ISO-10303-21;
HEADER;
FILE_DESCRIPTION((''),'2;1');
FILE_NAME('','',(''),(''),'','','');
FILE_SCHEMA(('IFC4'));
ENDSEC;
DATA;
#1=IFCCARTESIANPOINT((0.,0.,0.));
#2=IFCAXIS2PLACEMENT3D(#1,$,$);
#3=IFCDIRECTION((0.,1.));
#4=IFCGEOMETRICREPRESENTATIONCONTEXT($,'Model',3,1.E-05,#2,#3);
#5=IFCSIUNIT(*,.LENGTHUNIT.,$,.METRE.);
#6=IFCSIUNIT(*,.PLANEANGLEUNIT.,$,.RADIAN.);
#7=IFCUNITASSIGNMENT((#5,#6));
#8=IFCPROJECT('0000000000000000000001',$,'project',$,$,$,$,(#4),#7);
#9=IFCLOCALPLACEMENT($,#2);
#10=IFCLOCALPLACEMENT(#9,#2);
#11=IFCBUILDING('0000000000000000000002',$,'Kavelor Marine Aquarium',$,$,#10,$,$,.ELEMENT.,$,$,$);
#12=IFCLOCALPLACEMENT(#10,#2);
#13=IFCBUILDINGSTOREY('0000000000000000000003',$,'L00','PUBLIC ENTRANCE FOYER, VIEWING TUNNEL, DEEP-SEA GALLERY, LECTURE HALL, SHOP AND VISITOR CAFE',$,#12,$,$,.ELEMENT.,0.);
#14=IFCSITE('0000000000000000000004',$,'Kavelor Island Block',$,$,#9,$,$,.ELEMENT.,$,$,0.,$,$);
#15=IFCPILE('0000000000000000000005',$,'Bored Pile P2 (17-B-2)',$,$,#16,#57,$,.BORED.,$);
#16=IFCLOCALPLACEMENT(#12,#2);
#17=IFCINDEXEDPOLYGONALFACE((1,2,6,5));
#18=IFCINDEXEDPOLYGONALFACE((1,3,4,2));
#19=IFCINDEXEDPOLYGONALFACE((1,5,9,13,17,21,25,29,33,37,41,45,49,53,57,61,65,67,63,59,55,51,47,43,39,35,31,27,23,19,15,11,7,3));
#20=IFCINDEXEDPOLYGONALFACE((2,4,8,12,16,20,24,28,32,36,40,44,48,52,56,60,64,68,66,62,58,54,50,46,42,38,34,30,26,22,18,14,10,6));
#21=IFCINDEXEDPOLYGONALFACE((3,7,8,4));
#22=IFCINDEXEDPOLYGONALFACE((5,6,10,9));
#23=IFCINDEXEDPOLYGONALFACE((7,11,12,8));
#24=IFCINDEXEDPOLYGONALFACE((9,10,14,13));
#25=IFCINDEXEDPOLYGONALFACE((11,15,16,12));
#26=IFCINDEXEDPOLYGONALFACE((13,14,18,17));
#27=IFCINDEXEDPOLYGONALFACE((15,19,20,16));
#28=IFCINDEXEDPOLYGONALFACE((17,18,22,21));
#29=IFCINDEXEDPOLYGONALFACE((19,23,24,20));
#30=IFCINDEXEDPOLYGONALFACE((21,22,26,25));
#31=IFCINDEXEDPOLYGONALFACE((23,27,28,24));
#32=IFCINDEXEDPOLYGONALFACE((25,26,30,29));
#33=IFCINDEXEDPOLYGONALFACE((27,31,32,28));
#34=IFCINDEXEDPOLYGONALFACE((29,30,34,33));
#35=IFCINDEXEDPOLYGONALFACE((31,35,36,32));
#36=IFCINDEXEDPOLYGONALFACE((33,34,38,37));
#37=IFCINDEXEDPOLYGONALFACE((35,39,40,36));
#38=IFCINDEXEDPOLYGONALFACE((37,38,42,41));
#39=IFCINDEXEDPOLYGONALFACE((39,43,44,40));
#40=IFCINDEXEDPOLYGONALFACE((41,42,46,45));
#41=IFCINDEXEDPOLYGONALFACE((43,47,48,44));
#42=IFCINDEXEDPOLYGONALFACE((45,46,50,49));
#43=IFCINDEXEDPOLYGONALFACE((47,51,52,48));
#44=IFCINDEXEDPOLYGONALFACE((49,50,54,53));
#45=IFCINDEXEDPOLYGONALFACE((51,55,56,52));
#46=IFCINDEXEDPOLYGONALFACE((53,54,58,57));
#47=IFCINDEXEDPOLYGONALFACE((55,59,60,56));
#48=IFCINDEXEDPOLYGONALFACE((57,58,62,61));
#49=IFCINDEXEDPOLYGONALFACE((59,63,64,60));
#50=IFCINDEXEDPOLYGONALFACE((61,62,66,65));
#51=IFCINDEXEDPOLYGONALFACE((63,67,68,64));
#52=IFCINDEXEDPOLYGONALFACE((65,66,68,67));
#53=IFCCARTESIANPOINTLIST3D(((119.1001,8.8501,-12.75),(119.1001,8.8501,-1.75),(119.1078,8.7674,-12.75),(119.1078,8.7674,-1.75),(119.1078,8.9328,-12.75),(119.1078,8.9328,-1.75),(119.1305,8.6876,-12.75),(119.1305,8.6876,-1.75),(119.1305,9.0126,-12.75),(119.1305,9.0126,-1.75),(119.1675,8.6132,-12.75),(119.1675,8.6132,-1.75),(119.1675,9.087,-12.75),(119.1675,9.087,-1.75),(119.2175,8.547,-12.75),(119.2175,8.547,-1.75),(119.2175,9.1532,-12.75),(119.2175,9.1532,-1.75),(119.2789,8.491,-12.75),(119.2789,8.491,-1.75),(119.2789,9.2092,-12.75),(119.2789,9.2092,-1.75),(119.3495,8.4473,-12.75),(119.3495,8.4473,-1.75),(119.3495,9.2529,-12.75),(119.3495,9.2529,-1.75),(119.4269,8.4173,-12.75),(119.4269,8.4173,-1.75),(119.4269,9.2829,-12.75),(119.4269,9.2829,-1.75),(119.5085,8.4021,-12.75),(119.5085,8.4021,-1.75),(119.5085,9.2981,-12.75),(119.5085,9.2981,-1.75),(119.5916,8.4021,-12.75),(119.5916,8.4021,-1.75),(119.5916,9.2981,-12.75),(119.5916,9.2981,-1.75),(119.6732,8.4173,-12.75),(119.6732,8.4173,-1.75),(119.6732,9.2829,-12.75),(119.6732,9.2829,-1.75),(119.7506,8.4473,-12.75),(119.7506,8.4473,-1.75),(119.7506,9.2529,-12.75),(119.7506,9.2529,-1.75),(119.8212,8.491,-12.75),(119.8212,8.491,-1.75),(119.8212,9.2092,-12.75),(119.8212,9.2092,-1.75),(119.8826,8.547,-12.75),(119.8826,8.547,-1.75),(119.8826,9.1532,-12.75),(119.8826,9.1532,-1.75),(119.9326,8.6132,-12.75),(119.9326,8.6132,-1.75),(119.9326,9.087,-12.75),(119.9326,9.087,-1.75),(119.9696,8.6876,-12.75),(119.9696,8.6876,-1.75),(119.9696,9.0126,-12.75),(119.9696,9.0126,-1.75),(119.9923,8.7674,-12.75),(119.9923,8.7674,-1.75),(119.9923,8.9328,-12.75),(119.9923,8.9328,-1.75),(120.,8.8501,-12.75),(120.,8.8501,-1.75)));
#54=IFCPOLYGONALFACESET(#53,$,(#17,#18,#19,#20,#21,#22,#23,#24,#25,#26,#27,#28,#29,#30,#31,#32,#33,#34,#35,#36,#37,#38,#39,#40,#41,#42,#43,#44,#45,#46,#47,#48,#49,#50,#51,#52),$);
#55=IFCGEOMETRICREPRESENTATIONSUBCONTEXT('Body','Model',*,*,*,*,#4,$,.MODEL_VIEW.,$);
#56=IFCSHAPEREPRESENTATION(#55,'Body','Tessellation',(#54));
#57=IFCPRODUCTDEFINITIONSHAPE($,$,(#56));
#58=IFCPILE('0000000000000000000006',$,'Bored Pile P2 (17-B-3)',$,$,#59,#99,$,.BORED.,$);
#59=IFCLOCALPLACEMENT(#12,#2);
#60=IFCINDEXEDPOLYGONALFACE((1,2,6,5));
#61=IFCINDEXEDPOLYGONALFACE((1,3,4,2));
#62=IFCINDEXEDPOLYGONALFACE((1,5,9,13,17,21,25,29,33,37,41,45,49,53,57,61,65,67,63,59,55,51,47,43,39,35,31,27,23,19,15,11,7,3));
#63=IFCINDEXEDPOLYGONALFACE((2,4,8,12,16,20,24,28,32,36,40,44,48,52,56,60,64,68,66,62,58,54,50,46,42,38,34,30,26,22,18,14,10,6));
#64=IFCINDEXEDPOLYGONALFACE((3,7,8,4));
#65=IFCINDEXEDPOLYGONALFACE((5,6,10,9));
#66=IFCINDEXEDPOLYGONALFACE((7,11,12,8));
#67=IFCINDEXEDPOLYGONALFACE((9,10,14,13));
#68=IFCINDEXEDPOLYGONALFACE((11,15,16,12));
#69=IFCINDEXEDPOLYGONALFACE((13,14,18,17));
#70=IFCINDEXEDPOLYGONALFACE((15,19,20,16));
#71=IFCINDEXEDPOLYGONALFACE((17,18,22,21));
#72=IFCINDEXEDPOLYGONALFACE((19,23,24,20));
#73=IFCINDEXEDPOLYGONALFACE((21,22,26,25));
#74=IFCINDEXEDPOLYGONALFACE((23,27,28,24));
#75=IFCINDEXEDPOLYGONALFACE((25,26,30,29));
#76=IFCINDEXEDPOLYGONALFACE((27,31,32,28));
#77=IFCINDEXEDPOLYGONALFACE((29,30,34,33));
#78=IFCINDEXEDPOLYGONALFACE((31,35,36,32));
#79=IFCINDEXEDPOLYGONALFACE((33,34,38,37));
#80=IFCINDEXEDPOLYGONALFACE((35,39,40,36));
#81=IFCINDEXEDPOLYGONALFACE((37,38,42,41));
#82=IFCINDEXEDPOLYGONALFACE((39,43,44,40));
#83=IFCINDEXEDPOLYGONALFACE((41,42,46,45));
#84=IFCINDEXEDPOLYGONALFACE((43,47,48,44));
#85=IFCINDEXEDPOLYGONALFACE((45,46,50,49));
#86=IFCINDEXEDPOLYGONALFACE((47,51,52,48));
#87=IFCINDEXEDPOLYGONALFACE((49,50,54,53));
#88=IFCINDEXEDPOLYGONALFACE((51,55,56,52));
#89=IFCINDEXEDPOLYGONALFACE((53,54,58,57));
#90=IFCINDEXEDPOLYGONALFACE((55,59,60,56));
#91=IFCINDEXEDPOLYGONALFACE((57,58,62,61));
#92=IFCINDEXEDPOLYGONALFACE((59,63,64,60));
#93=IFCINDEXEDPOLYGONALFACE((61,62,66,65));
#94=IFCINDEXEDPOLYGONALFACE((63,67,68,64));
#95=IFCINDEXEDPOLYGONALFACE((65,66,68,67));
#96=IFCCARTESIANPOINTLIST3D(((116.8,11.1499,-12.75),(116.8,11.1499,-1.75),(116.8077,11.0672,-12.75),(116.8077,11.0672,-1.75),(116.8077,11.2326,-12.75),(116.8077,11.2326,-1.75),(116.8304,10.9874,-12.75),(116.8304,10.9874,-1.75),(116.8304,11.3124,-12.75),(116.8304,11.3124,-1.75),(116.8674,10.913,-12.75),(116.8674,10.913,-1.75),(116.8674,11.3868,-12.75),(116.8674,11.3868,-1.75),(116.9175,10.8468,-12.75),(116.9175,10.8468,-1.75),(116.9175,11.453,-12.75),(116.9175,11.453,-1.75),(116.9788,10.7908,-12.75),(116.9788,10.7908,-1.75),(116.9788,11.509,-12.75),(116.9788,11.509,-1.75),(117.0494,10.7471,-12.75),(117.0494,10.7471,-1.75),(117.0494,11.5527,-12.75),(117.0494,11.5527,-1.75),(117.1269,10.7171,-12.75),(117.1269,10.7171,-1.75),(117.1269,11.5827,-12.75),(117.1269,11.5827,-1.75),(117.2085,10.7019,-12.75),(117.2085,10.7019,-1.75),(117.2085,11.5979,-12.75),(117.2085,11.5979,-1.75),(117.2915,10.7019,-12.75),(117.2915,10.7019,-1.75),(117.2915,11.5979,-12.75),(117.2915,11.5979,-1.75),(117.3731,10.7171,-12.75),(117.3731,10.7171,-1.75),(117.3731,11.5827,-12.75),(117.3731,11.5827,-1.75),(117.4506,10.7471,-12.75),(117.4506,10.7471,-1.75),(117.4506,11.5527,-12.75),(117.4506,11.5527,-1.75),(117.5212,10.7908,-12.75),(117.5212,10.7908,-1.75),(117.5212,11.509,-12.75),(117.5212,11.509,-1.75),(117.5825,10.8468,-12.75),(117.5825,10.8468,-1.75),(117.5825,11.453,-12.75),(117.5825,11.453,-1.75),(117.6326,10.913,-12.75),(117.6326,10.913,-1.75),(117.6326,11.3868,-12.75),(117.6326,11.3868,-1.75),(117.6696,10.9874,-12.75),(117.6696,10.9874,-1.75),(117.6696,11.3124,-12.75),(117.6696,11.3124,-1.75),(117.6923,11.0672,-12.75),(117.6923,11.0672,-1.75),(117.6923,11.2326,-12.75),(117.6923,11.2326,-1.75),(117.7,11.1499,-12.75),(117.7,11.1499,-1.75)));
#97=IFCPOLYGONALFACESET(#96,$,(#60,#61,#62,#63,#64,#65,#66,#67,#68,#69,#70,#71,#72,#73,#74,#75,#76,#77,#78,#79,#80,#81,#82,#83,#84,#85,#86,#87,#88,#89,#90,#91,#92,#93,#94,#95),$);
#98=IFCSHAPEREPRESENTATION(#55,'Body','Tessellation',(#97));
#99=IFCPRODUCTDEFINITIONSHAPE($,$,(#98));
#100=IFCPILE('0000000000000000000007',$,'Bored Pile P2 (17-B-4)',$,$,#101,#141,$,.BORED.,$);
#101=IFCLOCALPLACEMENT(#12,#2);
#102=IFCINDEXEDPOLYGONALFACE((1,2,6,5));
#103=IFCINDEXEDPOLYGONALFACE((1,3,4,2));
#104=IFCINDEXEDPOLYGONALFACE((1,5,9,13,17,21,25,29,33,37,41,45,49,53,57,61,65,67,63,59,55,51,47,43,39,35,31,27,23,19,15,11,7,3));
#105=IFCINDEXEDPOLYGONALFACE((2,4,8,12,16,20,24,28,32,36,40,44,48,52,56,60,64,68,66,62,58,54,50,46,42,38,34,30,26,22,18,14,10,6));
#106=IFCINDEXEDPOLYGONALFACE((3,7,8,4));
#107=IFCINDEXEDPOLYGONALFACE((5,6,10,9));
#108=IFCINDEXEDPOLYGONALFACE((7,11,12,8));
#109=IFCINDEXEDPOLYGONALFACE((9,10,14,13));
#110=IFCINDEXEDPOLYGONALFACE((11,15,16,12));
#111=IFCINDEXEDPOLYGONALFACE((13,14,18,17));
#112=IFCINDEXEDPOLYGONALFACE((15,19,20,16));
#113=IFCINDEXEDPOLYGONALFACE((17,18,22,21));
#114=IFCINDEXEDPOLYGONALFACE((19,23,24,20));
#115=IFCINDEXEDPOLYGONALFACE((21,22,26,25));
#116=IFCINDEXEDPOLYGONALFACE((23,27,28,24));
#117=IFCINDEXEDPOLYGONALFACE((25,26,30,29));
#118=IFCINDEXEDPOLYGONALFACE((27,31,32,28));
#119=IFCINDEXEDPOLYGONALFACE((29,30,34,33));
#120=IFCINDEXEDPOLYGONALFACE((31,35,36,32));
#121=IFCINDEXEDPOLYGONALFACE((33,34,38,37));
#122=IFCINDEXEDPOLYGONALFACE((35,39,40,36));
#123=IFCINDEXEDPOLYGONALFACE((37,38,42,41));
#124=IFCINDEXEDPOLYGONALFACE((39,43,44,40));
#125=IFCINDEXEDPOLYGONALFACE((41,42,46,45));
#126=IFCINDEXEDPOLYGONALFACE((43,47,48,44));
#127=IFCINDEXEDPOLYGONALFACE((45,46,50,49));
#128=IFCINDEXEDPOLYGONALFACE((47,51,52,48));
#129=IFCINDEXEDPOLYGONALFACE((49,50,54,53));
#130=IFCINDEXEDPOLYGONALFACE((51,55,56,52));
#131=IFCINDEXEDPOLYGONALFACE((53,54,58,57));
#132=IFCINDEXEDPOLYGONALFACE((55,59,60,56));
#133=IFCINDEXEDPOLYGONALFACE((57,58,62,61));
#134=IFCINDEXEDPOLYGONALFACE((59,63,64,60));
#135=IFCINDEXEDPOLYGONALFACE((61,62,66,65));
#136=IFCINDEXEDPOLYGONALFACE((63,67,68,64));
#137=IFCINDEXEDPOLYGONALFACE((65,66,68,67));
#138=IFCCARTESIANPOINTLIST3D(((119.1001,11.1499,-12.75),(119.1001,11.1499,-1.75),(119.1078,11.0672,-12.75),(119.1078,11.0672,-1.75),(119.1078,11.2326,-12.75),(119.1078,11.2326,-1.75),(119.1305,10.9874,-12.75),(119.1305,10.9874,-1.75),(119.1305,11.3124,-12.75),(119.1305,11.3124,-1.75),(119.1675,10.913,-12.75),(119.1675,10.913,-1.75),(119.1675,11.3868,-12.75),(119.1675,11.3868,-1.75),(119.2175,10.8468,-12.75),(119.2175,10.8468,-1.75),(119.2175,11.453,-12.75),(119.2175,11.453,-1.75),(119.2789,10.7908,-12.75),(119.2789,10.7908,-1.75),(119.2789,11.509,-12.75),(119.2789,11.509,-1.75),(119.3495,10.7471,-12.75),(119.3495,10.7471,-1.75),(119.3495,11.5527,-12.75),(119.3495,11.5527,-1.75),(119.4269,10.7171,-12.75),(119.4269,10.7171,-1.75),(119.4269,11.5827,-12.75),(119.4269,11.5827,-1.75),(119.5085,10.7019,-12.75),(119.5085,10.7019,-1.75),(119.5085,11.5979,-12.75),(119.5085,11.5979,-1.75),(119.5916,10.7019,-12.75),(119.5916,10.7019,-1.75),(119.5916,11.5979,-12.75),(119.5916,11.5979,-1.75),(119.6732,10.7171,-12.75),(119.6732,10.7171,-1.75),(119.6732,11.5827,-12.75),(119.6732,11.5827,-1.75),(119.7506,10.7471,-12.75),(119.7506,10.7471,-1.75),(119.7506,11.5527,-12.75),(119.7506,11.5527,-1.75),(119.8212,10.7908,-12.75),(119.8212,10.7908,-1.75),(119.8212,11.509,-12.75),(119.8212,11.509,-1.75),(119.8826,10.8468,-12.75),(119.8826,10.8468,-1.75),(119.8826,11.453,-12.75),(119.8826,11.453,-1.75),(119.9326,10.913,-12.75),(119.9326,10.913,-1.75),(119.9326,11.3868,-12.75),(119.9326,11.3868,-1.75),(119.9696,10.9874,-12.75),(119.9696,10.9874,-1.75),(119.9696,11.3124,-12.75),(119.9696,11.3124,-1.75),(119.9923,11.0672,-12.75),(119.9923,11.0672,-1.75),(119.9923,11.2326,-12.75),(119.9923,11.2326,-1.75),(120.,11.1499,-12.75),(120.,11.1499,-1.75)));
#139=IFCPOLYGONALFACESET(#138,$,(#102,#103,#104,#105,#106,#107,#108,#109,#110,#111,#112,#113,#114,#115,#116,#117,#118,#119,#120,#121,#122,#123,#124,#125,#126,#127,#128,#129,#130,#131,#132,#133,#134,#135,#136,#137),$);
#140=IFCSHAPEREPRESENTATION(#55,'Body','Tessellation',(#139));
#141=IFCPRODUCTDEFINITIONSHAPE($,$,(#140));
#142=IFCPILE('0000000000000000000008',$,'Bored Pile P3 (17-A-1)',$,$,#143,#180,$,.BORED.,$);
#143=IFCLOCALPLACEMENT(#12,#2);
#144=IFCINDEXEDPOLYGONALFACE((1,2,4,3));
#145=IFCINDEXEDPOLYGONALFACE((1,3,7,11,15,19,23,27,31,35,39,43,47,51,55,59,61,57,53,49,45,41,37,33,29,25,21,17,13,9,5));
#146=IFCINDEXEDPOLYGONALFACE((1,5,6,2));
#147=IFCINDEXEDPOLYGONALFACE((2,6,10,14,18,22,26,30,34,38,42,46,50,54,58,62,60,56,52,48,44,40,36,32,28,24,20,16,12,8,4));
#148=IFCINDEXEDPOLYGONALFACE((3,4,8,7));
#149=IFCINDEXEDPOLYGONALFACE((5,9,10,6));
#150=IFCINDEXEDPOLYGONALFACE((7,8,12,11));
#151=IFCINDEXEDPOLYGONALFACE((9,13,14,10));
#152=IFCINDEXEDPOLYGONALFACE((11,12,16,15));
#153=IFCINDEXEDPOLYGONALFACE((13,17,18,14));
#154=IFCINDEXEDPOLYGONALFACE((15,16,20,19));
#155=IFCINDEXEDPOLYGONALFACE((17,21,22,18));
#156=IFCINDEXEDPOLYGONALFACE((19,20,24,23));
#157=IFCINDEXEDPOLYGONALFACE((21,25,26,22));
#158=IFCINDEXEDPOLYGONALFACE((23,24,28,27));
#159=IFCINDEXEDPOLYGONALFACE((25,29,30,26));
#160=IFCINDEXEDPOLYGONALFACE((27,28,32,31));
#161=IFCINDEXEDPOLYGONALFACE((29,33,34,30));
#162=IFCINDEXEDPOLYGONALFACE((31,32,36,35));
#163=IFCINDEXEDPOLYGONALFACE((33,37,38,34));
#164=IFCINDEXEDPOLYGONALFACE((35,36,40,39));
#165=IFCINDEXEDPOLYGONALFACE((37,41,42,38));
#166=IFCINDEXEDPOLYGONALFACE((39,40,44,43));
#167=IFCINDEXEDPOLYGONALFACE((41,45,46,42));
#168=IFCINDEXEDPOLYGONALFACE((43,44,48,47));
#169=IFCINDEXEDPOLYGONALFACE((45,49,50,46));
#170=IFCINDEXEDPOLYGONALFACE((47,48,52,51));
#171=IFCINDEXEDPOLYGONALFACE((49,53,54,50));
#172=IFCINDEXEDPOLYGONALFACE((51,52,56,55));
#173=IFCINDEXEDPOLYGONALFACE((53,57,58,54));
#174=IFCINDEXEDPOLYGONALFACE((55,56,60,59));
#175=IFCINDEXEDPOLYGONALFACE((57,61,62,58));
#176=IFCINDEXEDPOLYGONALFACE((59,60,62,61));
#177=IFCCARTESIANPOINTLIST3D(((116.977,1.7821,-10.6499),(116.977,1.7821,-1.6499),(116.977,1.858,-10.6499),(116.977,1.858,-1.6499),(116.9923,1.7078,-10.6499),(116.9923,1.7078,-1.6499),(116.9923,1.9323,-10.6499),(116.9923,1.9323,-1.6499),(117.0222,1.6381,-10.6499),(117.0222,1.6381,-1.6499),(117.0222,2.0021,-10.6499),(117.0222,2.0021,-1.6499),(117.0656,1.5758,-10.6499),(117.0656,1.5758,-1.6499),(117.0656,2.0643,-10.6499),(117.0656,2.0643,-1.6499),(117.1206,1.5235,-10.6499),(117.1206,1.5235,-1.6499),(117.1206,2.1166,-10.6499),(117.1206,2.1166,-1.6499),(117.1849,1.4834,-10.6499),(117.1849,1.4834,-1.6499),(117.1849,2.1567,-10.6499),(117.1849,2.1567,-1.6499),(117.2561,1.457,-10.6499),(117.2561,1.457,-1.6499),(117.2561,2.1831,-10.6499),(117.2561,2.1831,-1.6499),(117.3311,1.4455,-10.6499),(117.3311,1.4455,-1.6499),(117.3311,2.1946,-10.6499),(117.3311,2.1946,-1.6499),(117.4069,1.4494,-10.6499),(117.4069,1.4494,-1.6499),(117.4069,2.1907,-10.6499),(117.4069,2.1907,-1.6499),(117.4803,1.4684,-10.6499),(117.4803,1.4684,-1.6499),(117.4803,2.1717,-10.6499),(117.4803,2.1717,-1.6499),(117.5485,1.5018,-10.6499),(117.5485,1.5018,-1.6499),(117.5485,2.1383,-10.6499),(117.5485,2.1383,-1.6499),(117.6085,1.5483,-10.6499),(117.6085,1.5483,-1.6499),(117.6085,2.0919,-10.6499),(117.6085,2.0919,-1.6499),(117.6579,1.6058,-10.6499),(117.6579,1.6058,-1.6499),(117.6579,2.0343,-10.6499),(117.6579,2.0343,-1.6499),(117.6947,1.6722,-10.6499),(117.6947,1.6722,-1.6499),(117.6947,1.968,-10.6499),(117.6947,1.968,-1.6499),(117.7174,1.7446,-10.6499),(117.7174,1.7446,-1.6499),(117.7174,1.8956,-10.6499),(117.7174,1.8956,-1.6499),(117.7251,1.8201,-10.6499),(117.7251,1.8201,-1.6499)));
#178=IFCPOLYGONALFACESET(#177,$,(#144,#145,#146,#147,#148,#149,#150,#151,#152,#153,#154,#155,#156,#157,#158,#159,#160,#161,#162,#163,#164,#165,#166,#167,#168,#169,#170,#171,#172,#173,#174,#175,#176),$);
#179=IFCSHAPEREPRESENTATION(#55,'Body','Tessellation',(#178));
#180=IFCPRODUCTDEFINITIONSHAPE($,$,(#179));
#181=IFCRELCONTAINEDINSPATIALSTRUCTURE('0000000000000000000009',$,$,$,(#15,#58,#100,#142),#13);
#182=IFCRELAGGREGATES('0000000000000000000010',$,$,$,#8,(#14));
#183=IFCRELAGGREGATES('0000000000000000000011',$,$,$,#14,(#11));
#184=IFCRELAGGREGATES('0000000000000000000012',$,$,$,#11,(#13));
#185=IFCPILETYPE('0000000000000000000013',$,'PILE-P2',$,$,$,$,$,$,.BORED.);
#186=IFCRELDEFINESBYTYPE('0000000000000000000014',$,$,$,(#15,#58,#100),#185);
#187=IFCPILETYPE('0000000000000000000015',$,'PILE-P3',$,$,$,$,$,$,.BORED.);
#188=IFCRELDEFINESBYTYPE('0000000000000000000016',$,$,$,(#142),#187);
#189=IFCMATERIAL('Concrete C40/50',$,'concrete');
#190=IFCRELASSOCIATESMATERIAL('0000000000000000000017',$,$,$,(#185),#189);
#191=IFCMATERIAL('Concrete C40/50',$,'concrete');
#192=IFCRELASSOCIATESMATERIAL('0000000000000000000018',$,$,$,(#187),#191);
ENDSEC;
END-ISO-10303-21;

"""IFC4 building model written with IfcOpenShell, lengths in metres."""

from ifc_helpers import new_model, si_unit, direction, frame, origin, origin_2d, place, context, subcontext, project, spatial, circle, extrude, material, material_profile, profile_set, type_object, element, save


model = new_model("IFC4")

# Units and contexts
model_context = context("Model", 3, precision=1e-05, world=origin(), true_north=direction((0.0, 1.0)))
body_context = subcontext(model_context, "Body", "Model", "MODEL_VIEW")
ifc_project = project(units=[si_unit("LENGTHUNIT", "METRE"), si_unit("PLANEANGLEUNIT", "RADIAN")], contexts=[model_context])

# Site, building, storey
site_placement = place(None, origin())
site = spatial("IfcSite", under=ifc_project, at=site_placement, Name="Kavelor Island Block", CompositionType="ELEMENT", RefElevation=0.0)
building_placement = place(site_placement, origin())
building = spatial("IfcBuilding", under=site, at=building_placement, Name="Kavelor Marine Aquarium", CompositionType="ELEMENT")
storey_placement = place(building_placement, origin())
storey = spatial("IfcBuildingStorey", under=building, at=storey_placement, Name="L00", Description="PUBLIC ENTRANCE FOYER, VIEWING TUNNEL, DEEP-SEA GALLERY, LECTURE HALL, SHOP AND VISITOR CAFE", CompositionType="ELEMENT", Elevation=0.0)

# Piles
ifc_material_1 = material(Name="Concrete C40/50", Category="concrete")
ifc_material_profile_1 = material_profile(ifc_material_1, circle(Radius=0.45, at=origin_2d()), Name="PILE D900")
ifc_profile_set_1 = profile_set([ifc_material_profile_1], Name="Concrete C40/50")
pile_type_1 = type_object("IfcPileType", Name="PILE-P2", PredefinedType="BORED", material=ifc_profile_set_1)
for number, where, z_axis, x_axis, name in (
    (1, (119.55, 8.8501, -1.75), (0.0, 0.0, -1.0), (1.0, 0.0, 0.0), "Bored Pile P2 (17-B-2)"),
    (2, (117.25, 11.1499, -1.75), (0.0, 0.0, -1.0), (1.0, 0.0, 0.0), "Bored Pile P2 (17-B-3)"),
    (3, (119.55, 11.1499, -1.75), (0.0, 0.0, -1.0), (1.0, 0.0, 0.0), "Bored Pile P2 (17-B-4)"),
):
    element("IfcPile", number, at=place(storey_placement, frame(where, z_axis=z_axis, x_axis=x_axis)), inside=storey, type_object=pile_type_1, Name=name, PredefinedType="BORED", context=body_context, shape_type="SweptSolid", body=[
        extrude(circle(Radius=0.45, at=origin_2d()), origin(), (0.0, 0.0, 1.0), 11.0),
    ])
ifc_material_2 = material(Name="Concrete C40/50", Category="concrete")
ifc_material_profile_2 = material_profile(ifc_material_2, circle(Radius=0.375, at=origin_2d()), Name="PILE D750")
ifc_profile_set_2 = profile_set([ifc_material_profile_2], Name="Concrete C40/50")
pile_type_2 = type_object("IfcPileType", Name="PILE-P3", PredefinedType="BORED", material=ifc_profile_set_2)
for number, where, z_axis, x_axis, name in (
    (4, (117.3501, 1.8201, -1.6499), (0.0, 0.0, -1.0), (1.0, 0.0, 0.0), "Bored Pile P3 (17-A-1)"),
):
    element("IfcPile", number, at=place(storey_placement, frame(where, z_axis=z_axis, x_axis=x_axis)), inside=storey, type_object=pile_type_2, Name=name, PredefinedType="BORED", context=body_context, shape_type="SweptSolid", body=[
        extrude(circle(Radius=0.375, at=origin_2d()), origin(), (0.0, 0.0, 1.0), 9.0),
    ])

save(model, "model.ifc")
